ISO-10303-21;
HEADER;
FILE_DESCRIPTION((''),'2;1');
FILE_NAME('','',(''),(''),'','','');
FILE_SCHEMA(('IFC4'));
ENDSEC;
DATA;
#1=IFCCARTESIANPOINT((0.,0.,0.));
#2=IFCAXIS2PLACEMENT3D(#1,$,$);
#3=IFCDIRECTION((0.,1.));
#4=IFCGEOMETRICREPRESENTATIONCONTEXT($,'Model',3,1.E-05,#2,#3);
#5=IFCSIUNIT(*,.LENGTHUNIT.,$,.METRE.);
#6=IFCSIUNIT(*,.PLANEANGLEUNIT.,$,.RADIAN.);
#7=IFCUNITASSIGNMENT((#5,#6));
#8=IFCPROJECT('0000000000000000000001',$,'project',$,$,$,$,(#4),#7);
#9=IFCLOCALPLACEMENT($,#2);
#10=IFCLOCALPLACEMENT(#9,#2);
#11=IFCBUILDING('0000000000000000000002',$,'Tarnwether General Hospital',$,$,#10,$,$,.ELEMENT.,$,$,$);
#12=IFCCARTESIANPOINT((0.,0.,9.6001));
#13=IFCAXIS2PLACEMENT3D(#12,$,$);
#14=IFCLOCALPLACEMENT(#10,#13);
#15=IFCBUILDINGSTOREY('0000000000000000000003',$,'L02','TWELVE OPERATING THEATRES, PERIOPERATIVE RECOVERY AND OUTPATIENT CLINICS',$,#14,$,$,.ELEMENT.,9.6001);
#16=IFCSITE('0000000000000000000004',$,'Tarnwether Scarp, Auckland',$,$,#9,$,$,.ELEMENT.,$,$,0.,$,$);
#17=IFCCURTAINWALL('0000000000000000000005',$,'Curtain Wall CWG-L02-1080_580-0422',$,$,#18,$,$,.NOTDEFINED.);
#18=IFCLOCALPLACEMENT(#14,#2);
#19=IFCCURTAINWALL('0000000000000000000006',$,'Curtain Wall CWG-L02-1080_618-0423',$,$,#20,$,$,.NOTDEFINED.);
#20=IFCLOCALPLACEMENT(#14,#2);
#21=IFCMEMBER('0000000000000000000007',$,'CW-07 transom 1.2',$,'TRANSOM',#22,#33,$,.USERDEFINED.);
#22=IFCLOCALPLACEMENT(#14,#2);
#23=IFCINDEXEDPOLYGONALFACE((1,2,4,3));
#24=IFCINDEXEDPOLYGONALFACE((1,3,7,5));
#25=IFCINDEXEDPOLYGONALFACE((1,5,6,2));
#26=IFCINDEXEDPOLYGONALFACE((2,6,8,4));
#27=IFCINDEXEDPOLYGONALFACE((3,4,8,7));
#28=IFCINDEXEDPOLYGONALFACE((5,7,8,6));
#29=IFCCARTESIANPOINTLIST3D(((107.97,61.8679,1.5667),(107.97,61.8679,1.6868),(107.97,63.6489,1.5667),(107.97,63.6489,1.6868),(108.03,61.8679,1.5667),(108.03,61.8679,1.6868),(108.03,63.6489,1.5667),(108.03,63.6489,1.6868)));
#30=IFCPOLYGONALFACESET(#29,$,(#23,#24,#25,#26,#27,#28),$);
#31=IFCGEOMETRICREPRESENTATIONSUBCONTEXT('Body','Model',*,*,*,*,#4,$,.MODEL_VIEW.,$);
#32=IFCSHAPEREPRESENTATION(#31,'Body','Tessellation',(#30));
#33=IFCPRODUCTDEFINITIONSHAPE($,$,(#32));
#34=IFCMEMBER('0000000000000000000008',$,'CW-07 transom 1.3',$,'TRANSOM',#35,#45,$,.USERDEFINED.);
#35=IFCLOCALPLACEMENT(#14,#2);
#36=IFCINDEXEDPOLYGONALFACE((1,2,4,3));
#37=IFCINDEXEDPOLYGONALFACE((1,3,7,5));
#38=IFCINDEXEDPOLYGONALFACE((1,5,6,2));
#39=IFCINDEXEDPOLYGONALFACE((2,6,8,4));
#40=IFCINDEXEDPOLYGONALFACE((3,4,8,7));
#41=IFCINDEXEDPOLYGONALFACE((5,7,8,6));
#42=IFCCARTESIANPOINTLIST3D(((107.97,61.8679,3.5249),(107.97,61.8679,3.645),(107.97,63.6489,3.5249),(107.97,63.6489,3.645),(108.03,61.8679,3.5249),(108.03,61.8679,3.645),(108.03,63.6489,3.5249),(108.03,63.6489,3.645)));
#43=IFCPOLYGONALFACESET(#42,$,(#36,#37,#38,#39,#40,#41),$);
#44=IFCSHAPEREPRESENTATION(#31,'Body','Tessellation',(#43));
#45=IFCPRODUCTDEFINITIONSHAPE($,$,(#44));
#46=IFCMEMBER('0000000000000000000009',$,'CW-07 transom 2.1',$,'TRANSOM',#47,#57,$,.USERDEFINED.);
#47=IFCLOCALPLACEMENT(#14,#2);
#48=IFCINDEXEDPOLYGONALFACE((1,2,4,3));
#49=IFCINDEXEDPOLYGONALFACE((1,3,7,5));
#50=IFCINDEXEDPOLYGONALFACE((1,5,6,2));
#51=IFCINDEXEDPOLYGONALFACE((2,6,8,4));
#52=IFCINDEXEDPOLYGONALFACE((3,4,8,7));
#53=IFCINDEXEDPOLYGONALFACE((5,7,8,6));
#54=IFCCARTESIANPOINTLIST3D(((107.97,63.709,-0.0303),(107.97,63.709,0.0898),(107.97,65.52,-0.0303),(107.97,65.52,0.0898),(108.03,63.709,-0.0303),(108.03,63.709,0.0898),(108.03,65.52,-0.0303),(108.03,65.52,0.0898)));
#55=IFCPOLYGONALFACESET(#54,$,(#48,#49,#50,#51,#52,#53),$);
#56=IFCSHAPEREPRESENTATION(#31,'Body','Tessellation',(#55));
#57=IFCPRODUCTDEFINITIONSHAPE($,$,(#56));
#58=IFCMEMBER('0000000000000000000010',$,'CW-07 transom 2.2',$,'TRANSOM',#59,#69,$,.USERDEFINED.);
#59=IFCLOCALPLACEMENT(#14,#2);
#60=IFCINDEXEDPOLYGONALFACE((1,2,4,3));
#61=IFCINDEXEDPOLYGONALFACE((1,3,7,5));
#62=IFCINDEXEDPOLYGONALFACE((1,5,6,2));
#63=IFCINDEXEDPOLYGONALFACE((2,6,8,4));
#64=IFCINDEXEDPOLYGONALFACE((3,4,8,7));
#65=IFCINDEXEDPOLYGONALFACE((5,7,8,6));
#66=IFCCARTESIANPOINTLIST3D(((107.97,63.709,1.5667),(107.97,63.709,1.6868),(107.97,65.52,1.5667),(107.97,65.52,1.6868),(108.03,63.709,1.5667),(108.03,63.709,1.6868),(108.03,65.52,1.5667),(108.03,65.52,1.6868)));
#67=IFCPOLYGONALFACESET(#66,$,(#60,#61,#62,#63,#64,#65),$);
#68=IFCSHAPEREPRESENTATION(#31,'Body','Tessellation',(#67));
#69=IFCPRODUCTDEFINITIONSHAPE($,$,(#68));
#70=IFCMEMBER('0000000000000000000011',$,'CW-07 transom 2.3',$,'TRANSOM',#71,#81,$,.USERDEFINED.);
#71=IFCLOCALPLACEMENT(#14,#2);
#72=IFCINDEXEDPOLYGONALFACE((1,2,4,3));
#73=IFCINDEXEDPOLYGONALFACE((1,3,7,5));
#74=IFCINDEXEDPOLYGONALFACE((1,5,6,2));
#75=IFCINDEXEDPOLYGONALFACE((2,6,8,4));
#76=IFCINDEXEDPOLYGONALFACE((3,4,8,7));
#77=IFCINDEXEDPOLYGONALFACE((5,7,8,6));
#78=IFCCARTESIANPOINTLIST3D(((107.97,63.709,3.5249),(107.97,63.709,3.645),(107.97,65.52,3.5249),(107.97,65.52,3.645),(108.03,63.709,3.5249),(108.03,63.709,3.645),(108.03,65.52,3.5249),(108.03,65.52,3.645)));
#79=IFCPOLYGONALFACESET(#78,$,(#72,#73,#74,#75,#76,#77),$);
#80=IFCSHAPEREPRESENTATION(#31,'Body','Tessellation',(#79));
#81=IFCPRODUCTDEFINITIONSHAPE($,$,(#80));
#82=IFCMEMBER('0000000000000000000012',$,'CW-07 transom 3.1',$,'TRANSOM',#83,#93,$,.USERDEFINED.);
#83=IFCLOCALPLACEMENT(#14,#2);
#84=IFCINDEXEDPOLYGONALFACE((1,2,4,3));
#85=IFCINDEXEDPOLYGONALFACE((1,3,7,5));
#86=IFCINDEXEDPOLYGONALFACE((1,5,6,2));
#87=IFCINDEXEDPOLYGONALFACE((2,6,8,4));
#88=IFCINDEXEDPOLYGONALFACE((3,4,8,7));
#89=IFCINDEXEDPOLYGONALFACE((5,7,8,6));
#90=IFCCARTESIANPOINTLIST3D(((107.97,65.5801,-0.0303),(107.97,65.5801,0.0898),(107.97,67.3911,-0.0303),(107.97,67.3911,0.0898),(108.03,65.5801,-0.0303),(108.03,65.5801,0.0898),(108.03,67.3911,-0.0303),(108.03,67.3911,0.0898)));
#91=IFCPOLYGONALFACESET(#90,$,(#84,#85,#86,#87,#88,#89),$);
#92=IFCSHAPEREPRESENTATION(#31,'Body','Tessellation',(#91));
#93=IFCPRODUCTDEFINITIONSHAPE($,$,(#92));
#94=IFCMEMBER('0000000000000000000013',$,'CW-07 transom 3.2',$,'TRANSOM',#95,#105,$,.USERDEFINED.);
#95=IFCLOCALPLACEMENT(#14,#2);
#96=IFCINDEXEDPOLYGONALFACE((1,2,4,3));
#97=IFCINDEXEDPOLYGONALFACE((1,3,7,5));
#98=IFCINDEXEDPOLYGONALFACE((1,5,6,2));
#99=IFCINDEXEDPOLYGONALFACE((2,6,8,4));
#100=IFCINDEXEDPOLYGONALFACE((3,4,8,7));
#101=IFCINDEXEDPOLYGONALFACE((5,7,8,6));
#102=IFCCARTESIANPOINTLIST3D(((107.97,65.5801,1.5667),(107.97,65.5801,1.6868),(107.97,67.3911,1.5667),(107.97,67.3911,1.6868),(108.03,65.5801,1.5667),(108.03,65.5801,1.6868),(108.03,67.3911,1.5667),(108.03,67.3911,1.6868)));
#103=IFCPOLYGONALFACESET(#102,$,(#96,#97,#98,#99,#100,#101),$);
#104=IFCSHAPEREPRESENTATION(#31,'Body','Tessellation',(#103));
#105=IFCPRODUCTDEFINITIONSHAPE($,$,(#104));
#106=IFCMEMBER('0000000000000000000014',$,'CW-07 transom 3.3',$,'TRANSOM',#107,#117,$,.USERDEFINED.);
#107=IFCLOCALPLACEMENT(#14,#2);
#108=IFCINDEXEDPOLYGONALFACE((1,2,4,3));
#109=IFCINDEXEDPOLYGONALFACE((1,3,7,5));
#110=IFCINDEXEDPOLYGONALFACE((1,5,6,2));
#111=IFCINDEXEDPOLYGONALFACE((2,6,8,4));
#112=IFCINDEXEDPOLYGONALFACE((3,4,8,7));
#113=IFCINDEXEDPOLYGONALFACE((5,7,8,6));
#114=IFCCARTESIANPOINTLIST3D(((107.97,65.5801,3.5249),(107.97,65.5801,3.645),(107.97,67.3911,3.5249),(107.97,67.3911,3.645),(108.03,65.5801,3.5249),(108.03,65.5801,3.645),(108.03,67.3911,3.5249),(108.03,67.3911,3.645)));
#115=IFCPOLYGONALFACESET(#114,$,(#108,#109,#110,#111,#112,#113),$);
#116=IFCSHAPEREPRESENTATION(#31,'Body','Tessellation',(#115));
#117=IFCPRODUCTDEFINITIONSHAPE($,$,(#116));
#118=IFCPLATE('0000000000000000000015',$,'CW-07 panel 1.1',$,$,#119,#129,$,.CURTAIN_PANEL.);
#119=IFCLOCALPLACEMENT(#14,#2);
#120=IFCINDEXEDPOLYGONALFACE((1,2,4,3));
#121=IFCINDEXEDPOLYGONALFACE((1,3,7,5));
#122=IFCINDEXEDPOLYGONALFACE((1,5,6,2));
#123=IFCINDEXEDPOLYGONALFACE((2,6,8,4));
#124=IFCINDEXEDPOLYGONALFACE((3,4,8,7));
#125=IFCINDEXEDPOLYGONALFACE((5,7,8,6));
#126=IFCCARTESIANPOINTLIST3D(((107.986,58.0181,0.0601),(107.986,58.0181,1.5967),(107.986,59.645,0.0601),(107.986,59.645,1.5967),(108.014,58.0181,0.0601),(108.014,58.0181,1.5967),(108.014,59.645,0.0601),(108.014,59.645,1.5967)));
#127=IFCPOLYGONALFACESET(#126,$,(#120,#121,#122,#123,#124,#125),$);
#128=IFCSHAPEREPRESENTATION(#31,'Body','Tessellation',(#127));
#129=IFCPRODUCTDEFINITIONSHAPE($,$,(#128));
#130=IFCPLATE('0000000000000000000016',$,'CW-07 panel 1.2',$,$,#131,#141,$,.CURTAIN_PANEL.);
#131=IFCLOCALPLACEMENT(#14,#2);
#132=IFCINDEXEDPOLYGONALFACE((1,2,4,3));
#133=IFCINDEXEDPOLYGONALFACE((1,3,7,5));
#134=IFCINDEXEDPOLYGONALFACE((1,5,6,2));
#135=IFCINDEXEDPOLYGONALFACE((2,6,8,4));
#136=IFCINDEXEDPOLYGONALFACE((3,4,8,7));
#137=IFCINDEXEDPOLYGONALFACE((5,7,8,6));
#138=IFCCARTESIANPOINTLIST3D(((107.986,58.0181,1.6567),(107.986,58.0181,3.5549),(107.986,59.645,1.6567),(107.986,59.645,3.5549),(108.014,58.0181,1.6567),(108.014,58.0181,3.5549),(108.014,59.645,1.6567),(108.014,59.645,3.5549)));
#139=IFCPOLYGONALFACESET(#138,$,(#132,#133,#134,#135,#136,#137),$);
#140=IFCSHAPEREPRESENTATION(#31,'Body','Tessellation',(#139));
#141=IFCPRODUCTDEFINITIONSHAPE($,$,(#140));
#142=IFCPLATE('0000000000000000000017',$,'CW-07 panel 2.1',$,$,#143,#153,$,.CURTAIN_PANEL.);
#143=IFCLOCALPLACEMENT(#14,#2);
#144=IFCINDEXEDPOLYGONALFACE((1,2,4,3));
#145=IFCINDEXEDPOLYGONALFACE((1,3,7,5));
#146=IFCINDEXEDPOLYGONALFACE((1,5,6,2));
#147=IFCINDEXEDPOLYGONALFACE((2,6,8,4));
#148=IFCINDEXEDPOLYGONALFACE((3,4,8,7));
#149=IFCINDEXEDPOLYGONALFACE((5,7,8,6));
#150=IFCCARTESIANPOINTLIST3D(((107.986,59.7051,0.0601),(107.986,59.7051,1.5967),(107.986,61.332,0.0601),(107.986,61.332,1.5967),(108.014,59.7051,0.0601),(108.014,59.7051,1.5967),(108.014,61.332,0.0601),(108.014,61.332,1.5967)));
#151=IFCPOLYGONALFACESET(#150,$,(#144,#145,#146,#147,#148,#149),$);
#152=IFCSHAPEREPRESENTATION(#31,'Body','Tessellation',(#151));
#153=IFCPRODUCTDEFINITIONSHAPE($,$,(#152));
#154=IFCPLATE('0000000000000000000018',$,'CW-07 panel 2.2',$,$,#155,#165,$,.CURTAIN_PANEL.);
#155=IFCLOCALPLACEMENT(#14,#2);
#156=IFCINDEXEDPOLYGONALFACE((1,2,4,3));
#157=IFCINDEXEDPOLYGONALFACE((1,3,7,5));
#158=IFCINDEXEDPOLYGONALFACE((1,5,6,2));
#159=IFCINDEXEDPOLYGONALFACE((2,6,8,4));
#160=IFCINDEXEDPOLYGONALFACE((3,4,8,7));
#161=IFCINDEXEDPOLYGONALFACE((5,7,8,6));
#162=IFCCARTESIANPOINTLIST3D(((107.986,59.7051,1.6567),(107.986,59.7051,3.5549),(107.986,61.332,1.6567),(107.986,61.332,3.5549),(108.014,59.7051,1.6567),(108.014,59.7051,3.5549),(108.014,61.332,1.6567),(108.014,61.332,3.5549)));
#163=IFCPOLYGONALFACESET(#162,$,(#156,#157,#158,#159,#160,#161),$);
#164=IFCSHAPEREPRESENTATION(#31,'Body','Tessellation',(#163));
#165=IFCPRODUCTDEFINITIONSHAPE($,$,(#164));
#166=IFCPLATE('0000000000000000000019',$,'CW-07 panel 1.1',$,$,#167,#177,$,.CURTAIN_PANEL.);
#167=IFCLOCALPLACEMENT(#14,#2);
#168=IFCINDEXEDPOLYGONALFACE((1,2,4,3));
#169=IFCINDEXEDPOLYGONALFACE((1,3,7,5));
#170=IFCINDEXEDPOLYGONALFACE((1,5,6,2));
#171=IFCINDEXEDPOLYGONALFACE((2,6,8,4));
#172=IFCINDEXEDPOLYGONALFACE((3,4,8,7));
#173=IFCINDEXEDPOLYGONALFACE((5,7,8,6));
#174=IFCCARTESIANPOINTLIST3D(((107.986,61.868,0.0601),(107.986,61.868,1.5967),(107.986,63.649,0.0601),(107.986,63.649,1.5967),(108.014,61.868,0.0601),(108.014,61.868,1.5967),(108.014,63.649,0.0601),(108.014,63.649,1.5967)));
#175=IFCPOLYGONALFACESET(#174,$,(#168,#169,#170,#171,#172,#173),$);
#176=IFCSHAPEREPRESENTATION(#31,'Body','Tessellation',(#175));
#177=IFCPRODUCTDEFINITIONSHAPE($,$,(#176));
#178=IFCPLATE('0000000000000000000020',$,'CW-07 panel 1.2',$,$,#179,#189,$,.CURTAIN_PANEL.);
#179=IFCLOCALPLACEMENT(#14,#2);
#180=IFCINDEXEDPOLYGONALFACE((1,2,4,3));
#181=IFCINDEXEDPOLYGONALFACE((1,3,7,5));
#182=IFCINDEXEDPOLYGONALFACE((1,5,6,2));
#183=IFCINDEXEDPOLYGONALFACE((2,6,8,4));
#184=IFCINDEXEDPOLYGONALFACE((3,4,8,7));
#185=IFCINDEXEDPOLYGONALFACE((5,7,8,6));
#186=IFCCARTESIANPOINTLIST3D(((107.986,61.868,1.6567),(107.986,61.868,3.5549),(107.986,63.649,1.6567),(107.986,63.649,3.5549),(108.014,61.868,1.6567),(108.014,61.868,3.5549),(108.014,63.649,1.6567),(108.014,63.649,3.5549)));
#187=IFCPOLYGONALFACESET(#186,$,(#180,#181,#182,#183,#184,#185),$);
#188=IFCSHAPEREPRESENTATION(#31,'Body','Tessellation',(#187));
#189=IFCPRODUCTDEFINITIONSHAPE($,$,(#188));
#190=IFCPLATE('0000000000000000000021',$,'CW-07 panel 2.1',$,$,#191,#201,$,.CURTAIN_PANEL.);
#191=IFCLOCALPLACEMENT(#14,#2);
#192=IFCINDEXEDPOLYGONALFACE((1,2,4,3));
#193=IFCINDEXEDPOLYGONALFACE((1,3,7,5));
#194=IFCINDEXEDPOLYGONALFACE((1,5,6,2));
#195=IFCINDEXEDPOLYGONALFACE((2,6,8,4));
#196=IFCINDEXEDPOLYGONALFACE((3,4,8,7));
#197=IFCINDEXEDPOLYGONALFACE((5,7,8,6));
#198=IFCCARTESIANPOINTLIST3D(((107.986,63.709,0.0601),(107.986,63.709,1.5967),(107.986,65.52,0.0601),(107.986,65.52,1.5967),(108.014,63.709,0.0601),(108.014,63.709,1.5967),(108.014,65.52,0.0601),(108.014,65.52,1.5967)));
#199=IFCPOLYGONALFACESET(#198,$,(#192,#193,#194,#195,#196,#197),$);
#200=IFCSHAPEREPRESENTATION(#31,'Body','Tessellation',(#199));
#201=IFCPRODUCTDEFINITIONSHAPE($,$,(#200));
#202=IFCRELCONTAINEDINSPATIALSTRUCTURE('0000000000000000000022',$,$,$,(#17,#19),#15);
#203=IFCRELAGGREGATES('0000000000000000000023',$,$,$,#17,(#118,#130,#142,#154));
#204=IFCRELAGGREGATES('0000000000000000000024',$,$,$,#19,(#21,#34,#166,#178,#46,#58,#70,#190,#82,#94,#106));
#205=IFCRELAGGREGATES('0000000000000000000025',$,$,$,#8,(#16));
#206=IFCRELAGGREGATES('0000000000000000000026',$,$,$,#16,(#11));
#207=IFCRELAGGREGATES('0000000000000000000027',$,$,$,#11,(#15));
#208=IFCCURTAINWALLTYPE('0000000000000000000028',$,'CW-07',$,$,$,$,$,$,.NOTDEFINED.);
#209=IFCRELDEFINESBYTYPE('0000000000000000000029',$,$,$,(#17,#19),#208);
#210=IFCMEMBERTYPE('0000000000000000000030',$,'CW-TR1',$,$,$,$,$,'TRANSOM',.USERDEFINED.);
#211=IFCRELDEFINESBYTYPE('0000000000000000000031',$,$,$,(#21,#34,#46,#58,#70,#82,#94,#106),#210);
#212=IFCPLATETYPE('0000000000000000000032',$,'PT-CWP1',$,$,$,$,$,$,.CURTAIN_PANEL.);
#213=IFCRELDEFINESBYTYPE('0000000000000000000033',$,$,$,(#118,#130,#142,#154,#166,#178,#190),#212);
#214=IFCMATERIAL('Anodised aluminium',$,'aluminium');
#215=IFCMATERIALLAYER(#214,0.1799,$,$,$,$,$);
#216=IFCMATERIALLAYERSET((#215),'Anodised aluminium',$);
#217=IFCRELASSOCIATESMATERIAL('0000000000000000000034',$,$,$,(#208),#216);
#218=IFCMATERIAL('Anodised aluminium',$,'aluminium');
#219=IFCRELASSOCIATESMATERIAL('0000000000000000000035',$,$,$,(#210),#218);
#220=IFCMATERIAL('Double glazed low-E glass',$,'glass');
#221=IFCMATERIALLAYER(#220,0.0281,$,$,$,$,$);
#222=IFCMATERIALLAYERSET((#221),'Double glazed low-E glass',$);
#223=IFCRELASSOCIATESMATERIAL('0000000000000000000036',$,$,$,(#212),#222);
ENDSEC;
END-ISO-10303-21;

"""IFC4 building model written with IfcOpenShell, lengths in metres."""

from ifc_helpers import new_model, si_unit, direction, frame, origin, origin_2d, place, context, subcontext, project, spatial, rectangle, extrude, material, layer, layer_set, material_profile, profile_set, type_object, element, aggregate, save


model = new_model("IFC4")

# Units and contexts
model_context = context("Model", 3, precision=1e-05, world=origin(), true_north=direction((0.0, 1.0)))
body_context = subcontext(model_context, "Body", "Model", "MODEL_VIEW")
ifc_project = project(units=[si_unit("LENGTHUNIT", "METRE"), si_unit("PLANEANGLEUNIT", "RADIAN")], contexts=[model_context])

# Site, building, storey
site_placement = place(None, origin())
site = spatial("IfcSite", under=ifc_project, at=site_placement, Name="Tarnwether Scarp, Auckland", CompositionType="ELEMENT", RefElevation=0.0)
building_placement = place(site_placement, origin())
building = spatial("IfcBuilding", under=site, at=building_placement, Name="Tarnwether General Hospital", CompositionType="ELEMENT")
storey_placement = place(building_placement, frame((0.0, 0.0, 9.6001)))
storey = spatial("IfcBuildingStorey", under=building, at=storey_placement, Name="L02", Description="TWELVE OPERATING THEATRES, PERIOPERATIVE RECOVERY AND OUTPATIENT CLINICS", CompositionType="ELEMENT", Elevation=9.6001)

# Curtain walls
ifc_material_1 = material(Name="Anodised aluminium", Category="aluminium")
ifc_layer_1 = layer(ifc_material_1, 0.1799)
ifc_layer_set_1 = layer_set([ifc_layer_1], Name="Anodised aluminium")
curtain_wall_type = type_object("IfcCurtainWallType", Name="CW-07", PredefinedType="NOTDEFINED", material=ifc_layer_set_1)
curtain_wall_1_placement = place(storey_placement, origin())
curtain_wall_1 = element("IfcCurtainWall", 1, at=curtain_wall_1_placement, inside=storey, type_object=curtain_wall_type, Name="Curtain Wall CWG-L02-1080_580-0422", PredefinedType="NOTDEFINED")
curtain_wall_2_placement = place(storey_placement, origin())
curtain_wall_2 = element("IfcCurtainWall", 2, at=curtain_wall_2_placement, inside=storey, type_object=curtain_wall_type, Name="Curtain Wall CWG-L02-1080_618-0423", PredefinedType="NOTDEFINED")

# Members
ifc_material_2 = material(Name="Anodised aluminium", Category="aluminium")
ifc_material_profile_1 = material_profile(ifc_material_2, rectangle(XDim=0.0601, YDim=0.1201, at=origin_2d()), Name="ALU-TRN-60x120")
ifc_profile_set_1 = profile_set([ifc_material_profile_1], Name="Anodised aluminium")
member_type_1 = type_object("IfcMemberType", Name="CW-TR1", ElementType="TRANSOM", PredefinedType="USERDEFINED", material=ifc_profile_set_1)
member_1_placement = place(storey_placement, frame((108.0, 61.8679, 1.6267), z_axis=(0.0, 1.0, 0.0), x_axis=(-1.0, 0.0, 0.0)))
member_1 = element("IfcMember", 3, at=member_1_placement, type_object=member_type_1, Name="CW-07 transom 1.2", ObjectType="TRANSOM", PredefinedType="USERDEFINED", context=body_context, shape_type="SweptSolid", body=[
    extrude(rectangle(XDim=0.0601, YDim=0.1201, at=origin_2d()), origin(), (0.0, 0.0, 1.0), 1.781),
])
member_2_placement = place(storey_placement, frame((108.0, 61.8679, 3.585), z_axis=(0.0, 1.0, 0.0), x_axis=(-1.0, 0.0, 0.0)))
member_2 = element("IfcMember", 4, at=member_2_placement, type_object=member_type_1, Name="CW-07 transom 1.3", ObjectType="TRANSOM", PredefinedType="USERDEFINED", context=body_context, shape_type="SweptSolid", body=[
    extrude(rectangle(XDim=0.0601, YDim=0.1201, at=origin_2d()), origin(), (0.0, 0.0, 1.0), 1.781),
])
member_3_placement = place(storey_placement, frame((108.0, 63.709, 0.0298), z_axis=(0.0, 1.0, 0.0), x_axis=(-1.0, 0.0, 0.0)))
member_3 = element("IfcMember", 5, at=member_3_placement, type_object=member_type_1, Name="CW-07 transom 2.1", ObjectType="TRANSOM", PredefinedType="USERDEFINED", context=body_context, shape_type="SweptSolid", body=[
    extrude(rectangle(XDim=0.0601, YDim=0.1201, at=origin_2d()), origin(), (0.0, 0.0, 1.0), 1.811),
])
member_4_placement = place(storey_placement, frame((108.0, 63.709, 1.6267), z_axis=(0.0, 1.0, 0.0), x_axis=(-1.0, 0.0, 0.0)))
member_4 = element("IfcMember", 6, at=member_4_placement, type_object=member_type_1, Name="CW-07 transom 2.2", ObjectType="TRANSOM", PredefinedType="USERDEFINED", context=body_context, shape_type="SweptSolid", body=[
    extrude(rectangle(XDim=0.0601, YDim=0.1201, at=origin_2d()), origin(), (0.0, 0.0, 1.0), 1.811),
])
member_5_placement = place(storey_placement, frame((108.0, 63.709, 3.585), z_axis=(0.0, 1.0, 0.0), x_axis=(-1.0, 0.0, 0.0)))
member_5 = element("IfcMember", 7, at=member_5_placement, type_object=member_type_1, Name="CW-07 transom 2.3", ObjectType="TRANSOM", PredefinedType="USERDEFINED", context=body_context, shape_type="SweptSolid", body=[
    extrude(rectangle(XDim=0.0601, YDim=0.1201, at=origin_2d()), origin(), (0.0, 0.0, 1.0), 1.811),
])
member_6_placement = place(storey_placement, frame((108.0, 65.5801, 0.0298), z_axis=(0.0, 1.0, 0.0), x_axis=(-1.0, 0.0, 0.0)))
member_6 = element("IfcMember", 8, at=member_6_placement, type_object=member_type_1, Name="CW-07 transom 3.1", ObjectType="TRANSOM", PredefinedType="USERDEFINED", context=body_context, shape_type="SweptSolid", body=[
    extrude(rectangle(XDim=0.0601, YDim=0.1201, at=origin_2d()), origin(), (0.0, 0.0, 1.0), 1.811),
])
member_7_placement = place(storey_placement, frame((108.0, 65.5801, 1.6267), z_axis=(0.0, 1.0, 0.0), x_axis=(-1.0, 0.0, 0.0)))
member_7 = element("IfcMember", 9, at=member_7_placement, type_object=member_type_1, Name="CW-07 transom 3.2", ObjectType="TRANSOM", PredefinedType="USERDEFINED", context=body_context, shape_type="SweptSolid", body=[
    extrude(rectangle(XDim=0.0601, YDim=0.1201, at=origin_2d()), origin(), (0.0, 0.0, 1.0), 1.811),
])
member_8_placement = place(storey_placement, frame((108.0, 65.5801, 3.585), z_axis=(0.0, 1.0, 0.0), x_axis=(-1.0, 0.0, 0.0)))
member_8 = element("IfcMember", 10, at=member_8_placement, type_object=member_type_1, Name="CW-07 transom 3.3", ObjectType="TRANSOM", PredefinedType="USERDEFINED", context=body_context, shape_type="SweptSolid", body=[
    extrude(rectangle(XDim=0.0601, YDim=0.1201, at=origin_2d()), origin(), (0.0, 0.0, 1.0), 1.811),
])

# Plates
ifc_material_3 = material(Name="Double glazed low-E glass", Category="glass")
ifc_layer_2 = layer(ifc_material_3, 0.0281)
ifc_layer_set_2 = layer_set([ifc_layer_2], Name="Double glazed low-E glass")
plate_type = type_object("IfcPlateType", Name="PT-CWP1", PredefinedType="CURTAIN_PANEL", material=ifc_layer_set_2)
plate_1_placement = place(storey_placement, frame((108.0, 58.8315, 0.0601), z_axis=(0.0, 0.0, 1.0), x_axis=(0.0, 1.0, 0.0)))
plate_1 = element("IfcPlate", 11, at=plate_1_placement, type_object=plate_type, Name="CW-07 panel 1.1", PredefinedType="CURTAIN_PANEL", context=body_context, shape_type="SweptSolid", body=[
    extrude(rectangle(XDim=1.627, YDim=0.0281, at=origin_2d()), origin(), (0.0, 0.0, 1.0), 1.5366),
])
plate_2_placement = place(storey_placement, frame((108.0, 58.8315, 1.6567), z_axis=(0.0, 0.0, 1.0), x_axis=(0.0, 1.0, 0.0)))
plate_2 = element("IfcPlate", 12, at=plate_2_placement, type_object=plate_type, Name="CW-07 panel 1.2", PredefinedType="CURTAIN_PANEL", context=body_context, shape_type="SweptSolid", body=[
    extrude(rectangle(XDim=1.627, YDim=0.0281, at=origin_2d()), origin(), (0.0, 0.0, 1.0), 1.8982),
])
plate_3_placement = place(storey_placement, frame((108.0, 60.5186, 0.0601), z_axis=(0.0, 0.0, 1.0), x_axis=(0.0, 1.0, 0.0)))
plate_3 = element("IfcPlate", 13, at=plate_3_placement, type_object=plate_type, Name="CW-07 panel 2.1", PredefinedType="CURTAIN_PANEL", context=body_context, shape_type="SweptSolid", body=[
    extrude(rectangle(XDim=1.627, YDim=0.0281, at=origin_2d()), origin(), (0.0, 0.0, 1.0), 1.5366),
])
plate_4_placement = place(storey_placement, frame((108.0, 60.5186, 1.6567), z_axis=(0.0, 0.0, 1.0), x_axis=(0.0, 1.0, 0.0)))
plate_4 = element("IfcPlate", 14, at=plate_4_placement, type_object=plate_type, Name="CW-07 panel 2.2", PredefinedType="CURTAIN_PANEL", context=body_context, shape_type="SweptSolid", body=[
    extrude(rectangle(XDim=1.627, YDim=0.0281, at=origin_2d()), origin(), (0.0, 0.0, 1.0), 1.8982),
])
aggregate(curtain_wall_1, [plate_1, plate_2, plate_3, plate_4])
plate_5_placement = place(storey_placement, frame((108.0, 62.7585, 0.0601), z_axis=(0.0, 0.0, 1.0), x_axis=(0.0, 1.0, 0.0)))
plate_5 = element("IfcPlate", 15, at=plate_5_placement, type_object=plate_type, Name="CW-07 panel 1.1", PredefinedType="CURTAIN_PANEL", context=body_context, shape_type="SweptSolid", body=[
    extrude(rectangle(XDim=1.781, YDim=0.0281, at=origin_2d()), origin(), (0.0, 0.0, 1.0), 1.5366),
])
plate_6_placement = place(storey_placement, frame((108.0, 62.7585, 1.6567), z_axis=(0.0, 0.0, 1.0), x_axis=(0.0, 1.0, 0.0)))
plate_6 = element("IfcPlate", 16, at=plate_6_placement, type_object=plate_type, Name="CW-07 panel 1.2", PredefinedType="CURTAIN_PANEL", context=body_context, shape_type="SweptSolid", body=[
    extrude(rectangle(XDim=1.781, YDim=0.0281, at=origin_2d()), origin(), (0.0, 0.0, 1.0), 1.8982),
])
plate_7_placement = place(storey_placement, frame((108.0, 64.6145, 0.0601), z_axis=(0.0, 0.0, 1.0), x_axis=(0.0, 1.0, 0.0)))
plate_7 = element("IfcPlate", 17, at=plate_7_placement, type_object=plate_type, Name="CW-07 panel 2.1", PredefinedType="CURTAIN_PANEL", context=body_context, shape_type="SweptSolid", body=[
    extrude(rectangle(XDim=1.811, YDim=0.0281, at=origin_2d()), origin(), (0.0, 0.0, 1.0), 1.5366),
])
aggregate(curtain_wall_2, [member_1, member_2, plate_5, plate_6, member_3, member_4, member_5, plate_7, member_6, member_7, member_8])

save(model, "model.ifc")
